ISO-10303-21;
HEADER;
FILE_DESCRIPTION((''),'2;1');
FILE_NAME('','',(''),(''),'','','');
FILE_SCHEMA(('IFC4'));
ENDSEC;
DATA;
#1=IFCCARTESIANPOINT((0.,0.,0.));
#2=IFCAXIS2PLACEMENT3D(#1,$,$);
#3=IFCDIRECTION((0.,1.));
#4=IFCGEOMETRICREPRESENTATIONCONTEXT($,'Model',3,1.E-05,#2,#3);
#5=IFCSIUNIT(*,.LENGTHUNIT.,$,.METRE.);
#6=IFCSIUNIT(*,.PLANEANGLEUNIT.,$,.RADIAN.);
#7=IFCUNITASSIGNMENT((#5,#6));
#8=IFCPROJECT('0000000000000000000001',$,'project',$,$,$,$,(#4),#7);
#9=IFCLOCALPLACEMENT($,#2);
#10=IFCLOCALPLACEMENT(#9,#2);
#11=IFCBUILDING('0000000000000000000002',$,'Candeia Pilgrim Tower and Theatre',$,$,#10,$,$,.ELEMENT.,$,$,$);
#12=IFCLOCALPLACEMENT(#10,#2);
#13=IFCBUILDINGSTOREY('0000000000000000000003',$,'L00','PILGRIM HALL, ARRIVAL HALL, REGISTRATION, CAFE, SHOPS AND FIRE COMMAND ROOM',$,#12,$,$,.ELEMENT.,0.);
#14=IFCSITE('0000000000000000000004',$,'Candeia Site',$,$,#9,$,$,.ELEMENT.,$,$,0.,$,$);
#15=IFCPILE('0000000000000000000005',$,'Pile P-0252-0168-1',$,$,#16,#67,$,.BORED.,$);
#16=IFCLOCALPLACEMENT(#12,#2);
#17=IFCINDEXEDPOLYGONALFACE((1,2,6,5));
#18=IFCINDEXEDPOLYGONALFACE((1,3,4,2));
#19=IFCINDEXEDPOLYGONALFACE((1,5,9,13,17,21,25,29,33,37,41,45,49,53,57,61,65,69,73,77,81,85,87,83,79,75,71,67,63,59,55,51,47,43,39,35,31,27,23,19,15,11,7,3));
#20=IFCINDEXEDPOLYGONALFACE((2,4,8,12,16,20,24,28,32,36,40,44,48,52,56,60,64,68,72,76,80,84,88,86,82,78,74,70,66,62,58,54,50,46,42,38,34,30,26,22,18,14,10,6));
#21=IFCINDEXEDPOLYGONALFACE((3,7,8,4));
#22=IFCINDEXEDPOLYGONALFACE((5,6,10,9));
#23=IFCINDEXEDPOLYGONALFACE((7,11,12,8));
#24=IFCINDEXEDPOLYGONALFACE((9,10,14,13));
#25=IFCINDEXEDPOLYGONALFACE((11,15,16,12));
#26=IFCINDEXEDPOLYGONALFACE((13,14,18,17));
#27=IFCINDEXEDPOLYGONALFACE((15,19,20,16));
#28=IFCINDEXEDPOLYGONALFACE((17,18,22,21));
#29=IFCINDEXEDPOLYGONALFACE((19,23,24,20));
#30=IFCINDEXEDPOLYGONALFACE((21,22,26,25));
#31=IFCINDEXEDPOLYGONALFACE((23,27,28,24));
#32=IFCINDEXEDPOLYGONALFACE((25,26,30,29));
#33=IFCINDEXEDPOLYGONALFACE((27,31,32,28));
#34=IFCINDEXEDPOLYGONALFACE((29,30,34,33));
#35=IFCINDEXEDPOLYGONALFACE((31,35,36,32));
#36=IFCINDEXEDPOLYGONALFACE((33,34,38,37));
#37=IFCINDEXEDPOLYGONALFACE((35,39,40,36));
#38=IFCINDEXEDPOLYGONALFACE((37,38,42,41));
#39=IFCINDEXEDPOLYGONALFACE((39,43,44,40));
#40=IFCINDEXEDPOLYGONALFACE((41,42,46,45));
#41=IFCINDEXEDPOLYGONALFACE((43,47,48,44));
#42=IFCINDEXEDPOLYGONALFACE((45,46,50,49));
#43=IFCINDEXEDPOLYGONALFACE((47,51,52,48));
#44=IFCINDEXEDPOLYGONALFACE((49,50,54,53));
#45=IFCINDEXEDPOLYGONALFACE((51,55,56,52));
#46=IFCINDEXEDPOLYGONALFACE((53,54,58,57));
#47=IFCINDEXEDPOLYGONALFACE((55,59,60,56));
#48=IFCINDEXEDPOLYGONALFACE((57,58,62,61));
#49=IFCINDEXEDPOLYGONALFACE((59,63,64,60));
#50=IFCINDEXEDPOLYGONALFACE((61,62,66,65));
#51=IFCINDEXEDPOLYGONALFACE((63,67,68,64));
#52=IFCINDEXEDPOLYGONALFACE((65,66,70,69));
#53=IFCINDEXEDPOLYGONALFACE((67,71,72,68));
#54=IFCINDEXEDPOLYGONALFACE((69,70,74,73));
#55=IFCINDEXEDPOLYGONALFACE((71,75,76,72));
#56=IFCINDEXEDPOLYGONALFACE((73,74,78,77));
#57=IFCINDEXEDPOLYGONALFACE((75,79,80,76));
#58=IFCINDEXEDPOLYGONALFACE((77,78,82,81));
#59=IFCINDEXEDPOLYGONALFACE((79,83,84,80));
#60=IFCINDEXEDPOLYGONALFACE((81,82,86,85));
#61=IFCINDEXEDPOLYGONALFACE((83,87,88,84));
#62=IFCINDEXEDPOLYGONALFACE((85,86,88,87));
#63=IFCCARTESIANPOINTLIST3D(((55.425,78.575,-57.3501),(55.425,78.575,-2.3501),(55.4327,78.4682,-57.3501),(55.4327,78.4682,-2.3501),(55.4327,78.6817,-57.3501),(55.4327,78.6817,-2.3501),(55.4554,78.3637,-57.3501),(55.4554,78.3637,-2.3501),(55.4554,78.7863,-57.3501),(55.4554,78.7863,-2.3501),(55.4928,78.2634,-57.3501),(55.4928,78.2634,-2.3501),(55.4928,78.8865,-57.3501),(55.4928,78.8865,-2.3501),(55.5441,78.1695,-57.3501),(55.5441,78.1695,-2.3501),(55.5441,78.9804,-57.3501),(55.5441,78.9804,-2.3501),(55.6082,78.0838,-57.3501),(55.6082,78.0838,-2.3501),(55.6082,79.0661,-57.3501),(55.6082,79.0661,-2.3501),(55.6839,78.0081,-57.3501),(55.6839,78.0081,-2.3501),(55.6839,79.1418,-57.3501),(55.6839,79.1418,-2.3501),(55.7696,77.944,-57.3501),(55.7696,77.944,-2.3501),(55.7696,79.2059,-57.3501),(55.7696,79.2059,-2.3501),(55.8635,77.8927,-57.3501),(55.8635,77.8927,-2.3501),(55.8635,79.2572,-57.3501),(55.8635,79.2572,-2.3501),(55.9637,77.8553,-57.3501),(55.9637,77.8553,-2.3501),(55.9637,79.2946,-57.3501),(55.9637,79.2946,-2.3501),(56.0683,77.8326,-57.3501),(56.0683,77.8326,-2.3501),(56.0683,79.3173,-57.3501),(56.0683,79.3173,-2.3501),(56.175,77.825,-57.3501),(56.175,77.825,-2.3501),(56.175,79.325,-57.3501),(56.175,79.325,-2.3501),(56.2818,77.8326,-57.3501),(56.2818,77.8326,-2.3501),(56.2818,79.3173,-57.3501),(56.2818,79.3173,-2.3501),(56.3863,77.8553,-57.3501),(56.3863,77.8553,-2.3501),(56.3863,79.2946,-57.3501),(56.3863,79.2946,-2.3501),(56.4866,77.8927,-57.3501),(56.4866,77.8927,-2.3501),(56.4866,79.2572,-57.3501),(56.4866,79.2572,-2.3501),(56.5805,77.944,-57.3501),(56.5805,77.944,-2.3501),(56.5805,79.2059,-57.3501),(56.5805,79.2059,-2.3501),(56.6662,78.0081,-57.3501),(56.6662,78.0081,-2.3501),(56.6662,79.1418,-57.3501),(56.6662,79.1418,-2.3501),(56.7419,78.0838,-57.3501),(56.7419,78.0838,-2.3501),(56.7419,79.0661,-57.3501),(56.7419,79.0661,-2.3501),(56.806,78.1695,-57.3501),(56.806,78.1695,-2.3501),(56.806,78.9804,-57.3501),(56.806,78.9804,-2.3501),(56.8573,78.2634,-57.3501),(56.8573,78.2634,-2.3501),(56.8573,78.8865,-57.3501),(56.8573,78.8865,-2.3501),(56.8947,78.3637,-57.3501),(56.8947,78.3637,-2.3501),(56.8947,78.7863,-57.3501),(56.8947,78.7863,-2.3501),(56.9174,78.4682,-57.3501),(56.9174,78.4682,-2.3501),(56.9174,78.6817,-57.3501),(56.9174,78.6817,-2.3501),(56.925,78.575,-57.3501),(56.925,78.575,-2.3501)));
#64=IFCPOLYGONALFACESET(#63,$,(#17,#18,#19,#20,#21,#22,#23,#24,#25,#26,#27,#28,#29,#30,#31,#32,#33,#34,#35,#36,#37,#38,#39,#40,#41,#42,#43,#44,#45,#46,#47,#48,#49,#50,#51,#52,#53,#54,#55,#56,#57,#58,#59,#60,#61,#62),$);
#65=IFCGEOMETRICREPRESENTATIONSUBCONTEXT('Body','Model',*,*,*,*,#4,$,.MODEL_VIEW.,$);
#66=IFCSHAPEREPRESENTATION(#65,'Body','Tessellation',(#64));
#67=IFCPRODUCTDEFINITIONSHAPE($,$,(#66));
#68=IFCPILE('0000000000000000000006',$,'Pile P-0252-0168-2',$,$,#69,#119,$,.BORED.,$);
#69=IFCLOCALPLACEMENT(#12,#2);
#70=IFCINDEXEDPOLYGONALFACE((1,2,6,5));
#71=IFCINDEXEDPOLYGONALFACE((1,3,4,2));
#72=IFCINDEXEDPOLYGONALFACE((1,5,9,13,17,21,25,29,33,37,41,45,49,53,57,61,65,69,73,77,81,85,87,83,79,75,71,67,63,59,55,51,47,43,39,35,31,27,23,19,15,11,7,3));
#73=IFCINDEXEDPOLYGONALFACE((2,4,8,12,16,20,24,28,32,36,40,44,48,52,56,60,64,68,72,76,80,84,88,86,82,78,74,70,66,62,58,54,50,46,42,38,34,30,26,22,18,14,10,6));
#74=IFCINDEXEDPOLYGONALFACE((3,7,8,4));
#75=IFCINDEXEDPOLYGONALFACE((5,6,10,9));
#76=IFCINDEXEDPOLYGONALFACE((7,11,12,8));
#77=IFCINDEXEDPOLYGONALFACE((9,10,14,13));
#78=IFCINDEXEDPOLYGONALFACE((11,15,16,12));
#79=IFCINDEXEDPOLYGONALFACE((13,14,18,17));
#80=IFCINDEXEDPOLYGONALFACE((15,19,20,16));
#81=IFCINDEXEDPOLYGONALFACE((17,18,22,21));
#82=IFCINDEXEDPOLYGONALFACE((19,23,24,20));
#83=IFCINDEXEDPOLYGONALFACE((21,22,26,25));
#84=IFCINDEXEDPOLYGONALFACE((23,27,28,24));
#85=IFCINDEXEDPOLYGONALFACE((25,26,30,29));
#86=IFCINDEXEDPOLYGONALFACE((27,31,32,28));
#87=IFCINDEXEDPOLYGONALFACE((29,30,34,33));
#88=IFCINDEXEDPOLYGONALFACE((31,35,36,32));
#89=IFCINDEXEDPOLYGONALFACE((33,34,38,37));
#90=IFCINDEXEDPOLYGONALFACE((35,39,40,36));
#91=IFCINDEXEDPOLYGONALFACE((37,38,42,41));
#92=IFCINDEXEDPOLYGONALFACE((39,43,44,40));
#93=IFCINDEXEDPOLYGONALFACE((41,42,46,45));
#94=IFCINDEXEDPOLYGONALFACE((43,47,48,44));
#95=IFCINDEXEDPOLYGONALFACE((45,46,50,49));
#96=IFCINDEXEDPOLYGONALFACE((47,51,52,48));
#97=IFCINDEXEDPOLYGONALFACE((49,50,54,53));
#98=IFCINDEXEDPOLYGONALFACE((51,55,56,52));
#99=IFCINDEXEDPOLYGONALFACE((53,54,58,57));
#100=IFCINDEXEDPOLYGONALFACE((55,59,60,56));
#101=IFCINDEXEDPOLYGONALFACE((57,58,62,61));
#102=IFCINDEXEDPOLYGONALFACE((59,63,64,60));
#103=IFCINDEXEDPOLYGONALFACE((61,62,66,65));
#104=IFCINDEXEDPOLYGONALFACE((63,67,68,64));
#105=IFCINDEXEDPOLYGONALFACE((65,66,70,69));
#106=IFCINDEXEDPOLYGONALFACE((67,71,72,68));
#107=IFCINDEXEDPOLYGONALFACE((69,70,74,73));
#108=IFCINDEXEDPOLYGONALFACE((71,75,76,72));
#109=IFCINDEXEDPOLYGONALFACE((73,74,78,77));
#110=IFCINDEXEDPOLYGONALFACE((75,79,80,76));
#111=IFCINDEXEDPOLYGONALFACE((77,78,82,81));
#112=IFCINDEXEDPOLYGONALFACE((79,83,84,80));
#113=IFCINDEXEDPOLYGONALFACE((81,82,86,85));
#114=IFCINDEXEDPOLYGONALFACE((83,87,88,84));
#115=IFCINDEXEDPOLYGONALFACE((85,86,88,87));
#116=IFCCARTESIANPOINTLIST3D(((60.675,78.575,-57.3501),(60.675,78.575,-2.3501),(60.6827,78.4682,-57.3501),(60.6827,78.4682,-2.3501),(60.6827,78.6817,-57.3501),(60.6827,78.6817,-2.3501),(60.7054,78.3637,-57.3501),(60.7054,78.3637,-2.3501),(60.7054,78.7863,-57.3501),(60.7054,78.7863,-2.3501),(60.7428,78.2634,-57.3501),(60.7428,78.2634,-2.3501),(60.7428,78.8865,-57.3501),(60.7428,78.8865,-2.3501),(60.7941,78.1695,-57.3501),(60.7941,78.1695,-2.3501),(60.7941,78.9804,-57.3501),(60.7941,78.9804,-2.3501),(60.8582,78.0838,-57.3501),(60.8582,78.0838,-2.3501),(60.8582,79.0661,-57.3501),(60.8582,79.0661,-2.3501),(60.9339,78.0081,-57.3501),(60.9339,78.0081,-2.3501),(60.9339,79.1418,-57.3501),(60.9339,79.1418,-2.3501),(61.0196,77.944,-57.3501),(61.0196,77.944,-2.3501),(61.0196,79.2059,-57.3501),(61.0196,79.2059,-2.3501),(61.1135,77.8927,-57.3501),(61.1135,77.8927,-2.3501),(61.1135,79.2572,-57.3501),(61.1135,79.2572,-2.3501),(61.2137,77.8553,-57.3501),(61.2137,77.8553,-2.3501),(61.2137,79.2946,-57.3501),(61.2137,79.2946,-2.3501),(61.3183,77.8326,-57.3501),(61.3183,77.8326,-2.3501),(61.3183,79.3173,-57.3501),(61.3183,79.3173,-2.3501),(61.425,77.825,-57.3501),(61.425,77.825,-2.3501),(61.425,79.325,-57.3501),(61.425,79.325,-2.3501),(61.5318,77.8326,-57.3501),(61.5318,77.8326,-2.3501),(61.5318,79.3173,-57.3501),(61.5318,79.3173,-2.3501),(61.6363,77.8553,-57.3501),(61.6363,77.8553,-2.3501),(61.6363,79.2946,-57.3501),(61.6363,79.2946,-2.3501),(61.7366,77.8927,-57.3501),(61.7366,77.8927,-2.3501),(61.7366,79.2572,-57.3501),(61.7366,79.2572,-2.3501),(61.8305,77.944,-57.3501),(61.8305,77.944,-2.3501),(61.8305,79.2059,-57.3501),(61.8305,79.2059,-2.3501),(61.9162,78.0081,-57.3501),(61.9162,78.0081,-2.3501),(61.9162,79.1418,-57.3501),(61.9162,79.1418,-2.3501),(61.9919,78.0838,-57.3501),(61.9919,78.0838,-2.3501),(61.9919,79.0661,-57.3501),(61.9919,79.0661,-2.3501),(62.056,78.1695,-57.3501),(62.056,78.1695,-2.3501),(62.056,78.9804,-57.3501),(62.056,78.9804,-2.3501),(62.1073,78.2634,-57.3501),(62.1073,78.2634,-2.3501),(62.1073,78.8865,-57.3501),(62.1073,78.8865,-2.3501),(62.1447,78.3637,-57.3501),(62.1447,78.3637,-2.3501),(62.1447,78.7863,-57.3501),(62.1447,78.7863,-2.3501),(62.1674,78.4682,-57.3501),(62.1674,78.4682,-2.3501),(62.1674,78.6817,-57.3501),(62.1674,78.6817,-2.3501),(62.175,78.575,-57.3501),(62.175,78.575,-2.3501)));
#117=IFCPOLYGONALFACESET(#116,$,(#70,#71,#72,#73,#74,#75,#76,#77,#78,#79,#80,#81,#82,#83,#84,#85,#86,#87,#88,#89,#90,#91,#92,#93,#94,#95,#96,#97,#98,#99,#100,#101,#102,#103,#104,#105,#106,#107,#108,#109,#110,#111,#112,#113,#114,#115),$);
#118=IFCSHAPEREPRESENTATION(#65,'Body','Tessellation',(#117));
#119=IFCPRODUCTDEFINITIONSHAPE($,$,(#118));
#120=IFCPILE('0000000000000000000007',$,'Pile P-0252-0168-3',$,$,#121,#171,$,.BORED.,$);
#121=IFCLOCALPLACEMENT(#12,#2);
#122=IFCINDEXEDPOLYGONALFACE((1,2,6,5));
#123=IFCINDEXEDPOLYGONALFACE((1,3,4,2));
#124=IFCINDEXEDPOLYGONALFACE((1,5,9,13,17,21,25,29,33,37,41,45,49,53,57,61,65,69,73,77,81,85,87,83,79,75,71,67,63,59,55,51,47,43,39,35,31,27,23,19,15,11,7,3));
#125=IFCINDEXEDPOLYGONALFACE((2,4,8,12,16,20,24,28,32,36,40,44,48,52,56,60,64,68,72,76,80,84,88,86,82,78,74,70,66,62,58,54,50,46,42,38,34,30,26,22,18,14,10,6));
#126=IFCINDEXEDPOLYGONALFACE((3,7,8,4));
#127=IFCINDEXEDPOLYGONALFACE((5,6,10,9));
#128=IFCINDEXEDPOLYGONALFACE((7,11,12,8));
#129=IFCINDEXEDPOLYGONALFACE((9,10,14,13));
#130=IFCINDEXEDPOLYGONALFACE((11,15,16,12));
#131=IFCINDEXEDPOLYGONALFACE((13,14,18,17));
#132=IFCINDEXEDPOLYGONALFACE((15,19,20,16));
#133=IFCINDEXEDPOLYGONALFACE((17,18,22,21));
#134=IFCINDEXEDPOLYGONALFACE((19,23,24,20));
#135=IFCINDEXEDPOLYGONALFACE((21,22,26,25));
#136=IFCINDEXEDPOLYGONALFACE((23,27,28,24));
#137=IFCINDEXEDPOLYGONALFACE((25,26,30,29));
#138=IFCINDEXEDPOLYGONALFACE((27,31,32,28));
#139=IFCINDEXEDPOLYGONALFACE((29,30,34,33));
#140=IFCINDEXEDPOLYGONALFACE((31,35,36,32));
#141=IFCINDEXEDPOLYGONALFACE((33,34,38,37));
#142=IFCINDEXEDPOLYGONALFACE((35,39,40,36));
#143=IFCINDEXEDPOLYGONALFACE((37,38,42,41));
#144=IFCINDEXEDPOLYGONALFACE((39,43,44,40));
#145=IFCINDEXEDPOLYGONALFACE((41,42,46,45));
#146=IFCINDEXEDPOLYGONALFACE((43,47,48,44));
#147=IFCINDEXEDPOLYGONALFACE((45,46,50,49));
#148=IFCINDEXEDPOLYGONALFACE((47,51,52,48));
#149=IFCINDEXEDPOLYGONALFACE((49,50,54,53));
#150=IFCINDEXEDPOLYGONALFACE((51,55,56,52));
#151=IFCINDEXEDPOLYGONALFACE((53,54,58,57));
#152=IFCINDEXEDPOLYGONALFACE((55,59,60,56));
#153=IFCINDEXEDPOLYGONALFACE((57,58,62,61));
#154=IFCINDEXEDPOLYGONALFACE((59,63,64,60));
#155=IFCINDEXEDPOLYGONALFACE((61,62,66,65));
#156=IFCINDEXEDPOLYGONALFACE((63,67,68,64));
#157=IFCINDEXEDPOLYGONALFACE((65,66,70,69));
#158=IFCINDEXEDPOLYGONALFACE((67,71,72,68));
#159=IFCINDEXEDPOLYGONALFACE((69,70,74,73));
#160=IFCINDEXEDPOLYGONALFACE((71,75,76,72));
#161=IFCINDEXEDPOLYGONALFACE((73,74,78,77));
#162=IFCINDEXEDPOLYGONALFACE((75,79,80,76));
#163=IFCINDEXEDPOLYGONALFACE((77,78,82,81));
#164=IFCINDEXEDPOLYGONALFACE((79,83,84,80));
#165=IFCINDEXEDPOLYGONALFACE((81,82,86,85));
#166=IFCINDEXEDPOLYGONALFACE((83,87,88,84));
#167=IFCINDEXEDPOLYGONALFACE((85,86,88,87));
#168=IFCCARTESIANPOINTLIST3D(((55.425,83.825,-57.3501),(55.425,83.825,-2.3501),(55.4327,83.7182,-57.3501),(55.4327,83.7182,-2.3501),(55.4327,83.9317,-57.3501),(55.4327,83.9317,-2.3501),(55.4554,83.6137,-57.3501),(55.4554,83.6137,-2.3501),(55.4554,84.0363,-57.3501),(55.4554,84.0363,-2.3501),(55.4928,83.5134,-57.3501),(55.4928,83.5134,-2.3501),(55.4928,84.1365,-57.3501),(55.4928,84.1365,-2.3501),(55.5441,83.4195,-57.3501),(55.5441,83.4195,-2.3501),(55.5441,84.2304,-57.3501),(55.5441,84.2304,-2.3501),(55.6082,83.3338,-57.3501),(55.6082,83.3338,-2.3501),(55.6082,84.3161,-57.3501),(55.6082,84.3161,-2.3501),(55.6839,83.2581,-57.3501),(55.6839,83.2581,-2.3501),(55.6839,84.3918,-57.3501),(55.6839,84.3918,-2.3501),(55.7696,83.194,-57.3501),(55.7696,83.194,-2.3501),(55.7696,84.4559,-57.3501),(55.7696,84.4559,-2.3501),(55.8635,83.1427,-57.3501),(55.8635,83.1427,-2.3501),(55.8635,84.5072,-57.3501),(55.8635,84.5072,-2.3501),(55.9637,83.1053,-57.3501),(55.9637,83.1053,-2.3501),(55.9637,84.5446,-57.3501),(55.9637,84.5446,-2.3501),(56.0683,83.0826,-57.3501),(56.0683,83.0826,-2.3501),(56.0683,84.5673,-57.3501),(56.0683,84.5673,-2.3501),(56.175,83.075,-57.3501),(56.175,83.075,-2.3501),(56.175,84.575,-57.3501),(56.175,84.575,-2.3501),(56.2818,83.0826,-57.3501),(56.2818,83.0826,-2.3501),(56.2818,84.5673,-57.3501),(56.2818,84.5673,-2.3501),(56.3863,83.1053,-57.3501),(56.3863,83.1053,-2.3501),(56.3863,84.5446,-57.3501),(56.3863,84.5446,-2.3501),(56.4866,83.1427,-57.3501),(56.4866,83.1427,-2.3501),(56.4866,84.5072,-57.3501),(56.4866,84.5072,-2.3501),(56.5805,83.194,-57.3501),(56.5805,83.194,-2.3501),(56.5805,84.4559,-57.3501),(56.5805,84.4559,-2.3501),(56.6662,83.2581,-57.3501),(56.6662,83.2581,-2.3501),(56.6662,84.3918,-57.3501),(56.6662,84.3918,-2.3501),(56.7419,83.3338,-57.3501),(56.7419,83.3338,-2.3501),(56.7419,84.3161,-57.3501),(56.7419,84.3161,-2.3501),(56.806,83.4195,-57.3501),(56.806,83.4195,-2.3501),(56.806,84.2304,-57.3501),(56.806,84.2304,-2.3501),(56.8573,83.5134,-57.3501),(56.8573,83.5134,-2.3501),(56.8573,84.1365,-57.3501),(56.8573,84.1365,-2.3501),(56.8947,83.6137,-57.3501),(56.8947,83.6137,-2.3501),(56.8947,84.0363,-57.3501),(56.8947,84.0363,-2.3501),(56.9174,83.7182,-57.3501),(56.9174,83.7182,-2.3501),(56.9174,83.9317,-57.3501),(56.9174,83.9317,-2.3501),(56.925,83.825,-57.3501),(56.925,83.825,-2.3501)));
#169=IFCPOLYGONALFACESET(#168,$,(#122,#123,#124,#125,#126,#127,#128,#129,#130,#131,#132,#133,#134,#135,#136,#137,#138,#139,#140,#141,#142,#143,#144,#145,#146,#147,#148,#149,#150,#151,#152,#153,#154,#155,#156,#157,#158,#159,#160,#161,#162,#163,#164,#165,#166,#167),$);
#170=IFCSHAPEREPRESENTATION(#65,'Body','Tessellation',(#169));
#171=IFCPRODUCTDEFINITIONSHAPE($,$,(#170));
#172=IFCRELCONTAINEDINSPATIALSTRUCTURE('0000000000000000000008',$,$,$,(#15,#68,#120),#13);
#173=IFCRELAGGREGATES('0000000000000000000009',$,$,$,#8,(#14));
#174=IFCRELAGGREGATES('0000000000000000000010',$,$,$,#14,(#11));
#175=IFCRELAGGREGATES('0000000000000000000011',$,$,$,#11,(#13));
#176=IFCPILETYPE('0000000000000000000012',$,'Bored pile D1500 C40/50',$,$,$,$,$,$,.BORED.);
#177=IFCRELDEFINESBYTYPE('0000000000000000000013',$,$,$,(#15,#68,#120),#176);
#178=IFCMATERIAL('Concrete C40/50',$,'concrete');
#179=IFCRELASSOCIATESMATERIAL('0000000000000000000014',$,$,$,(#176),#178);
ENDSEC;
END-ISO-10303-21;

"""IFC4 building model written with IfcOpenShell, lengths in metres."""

from ifc_helpers import new_model, si_unit, direction, frame, origin, origin_2d, place, context, subcontext, project, spatial, circle, extrude, material, material_profile, profile_set, type_object, element, save


model = new_model("IFC4")

# Units and contexts
model_context = context("Model", 3, precision=1e-05, world=origin(), true_north=direction((0.0, 1.0)))
body_context = subcontext(model_context, "Body", "Model", "MODEL_VIEW")
ifc_project = project(units=[si_unit("LENGTHUNIT", "METRE"), si_unit("PLANEANGLEUNIT", "RADIAN")], contexts=[model_context])

# Site, building, storey
site_placement = place(None, origin())
site = spatial("IfcSite", under=ifc_project, at=site_placement, Name="Candeia Site", CompositionType="ELEMENT", RefElevation=0.0)
building_placement = place(site_placement, origin())
building = spatial("IfcBuilding", under=site, at=building_placement, Name="Candeia Pilgrim Tower and Theatre", CompositionType="ELEMENT")
storey_placement = place(building_placement, origin())
storey = spatial("IfcBuildingStorey", under=building, at=storey_placement, Name="L00", Description="PILGRIM HALL, ARRIVAL HALL, REGISTRATION, CAFE, SHOPS AND FIRE COMMAND ROOM", CompositionType="ELEMENT", Elevation=0.0)

# Piles
ifc_material_1 = material(Name="Concrete C40/50", Category="concrete")
ifc_material_profile_1 = material_profile(ifc_material_1, circle(Radius=0.75, at=origin_2d()))
ifc_profile_set_1 = profile_set([ifc_material_profile_1], Name="Concrete C40/50")
pile_type = type_object("IfcPileType", Name="Bored pile D1500 C40/50", PredefinedType="BORED", material=ifc_profile_set_1)
for number, where, z_axis, x_axis, name in (
    (1, (56.175, 78.575, -2.3501), (0.0, 0.0, -1.0), (1.0, 0.0, 0.0), "Pile P-0252-0168-1"),
    (2, (61.425, 78.575, -2.3501), (0.0, 0.0, -1.0), (1.0, 0.0, 0.0), "Pile P-0252-0168-2"),
    (3, (56.175, 83.825, -2.3501), (0.0, 0.0, -1.0), (1.0, 0.0, 0.0), "Pile P-0252-0168-3"),
):
    element("IfcPile", number, at=place(storey_placement, frame(where, z_axis=z_axis, x_axis=x_axis)), inside=storey, type_object=pile_type, Name=name, PredefinedType="BORED", context=body_context, shape_type="SweptSolid", body=[
        extrude(circle(Radius=0.75, at=origin_2d()), origin(), (0.0, 0.0, 1.0), 55.0),
    ])

save(model, "model.ifc")
